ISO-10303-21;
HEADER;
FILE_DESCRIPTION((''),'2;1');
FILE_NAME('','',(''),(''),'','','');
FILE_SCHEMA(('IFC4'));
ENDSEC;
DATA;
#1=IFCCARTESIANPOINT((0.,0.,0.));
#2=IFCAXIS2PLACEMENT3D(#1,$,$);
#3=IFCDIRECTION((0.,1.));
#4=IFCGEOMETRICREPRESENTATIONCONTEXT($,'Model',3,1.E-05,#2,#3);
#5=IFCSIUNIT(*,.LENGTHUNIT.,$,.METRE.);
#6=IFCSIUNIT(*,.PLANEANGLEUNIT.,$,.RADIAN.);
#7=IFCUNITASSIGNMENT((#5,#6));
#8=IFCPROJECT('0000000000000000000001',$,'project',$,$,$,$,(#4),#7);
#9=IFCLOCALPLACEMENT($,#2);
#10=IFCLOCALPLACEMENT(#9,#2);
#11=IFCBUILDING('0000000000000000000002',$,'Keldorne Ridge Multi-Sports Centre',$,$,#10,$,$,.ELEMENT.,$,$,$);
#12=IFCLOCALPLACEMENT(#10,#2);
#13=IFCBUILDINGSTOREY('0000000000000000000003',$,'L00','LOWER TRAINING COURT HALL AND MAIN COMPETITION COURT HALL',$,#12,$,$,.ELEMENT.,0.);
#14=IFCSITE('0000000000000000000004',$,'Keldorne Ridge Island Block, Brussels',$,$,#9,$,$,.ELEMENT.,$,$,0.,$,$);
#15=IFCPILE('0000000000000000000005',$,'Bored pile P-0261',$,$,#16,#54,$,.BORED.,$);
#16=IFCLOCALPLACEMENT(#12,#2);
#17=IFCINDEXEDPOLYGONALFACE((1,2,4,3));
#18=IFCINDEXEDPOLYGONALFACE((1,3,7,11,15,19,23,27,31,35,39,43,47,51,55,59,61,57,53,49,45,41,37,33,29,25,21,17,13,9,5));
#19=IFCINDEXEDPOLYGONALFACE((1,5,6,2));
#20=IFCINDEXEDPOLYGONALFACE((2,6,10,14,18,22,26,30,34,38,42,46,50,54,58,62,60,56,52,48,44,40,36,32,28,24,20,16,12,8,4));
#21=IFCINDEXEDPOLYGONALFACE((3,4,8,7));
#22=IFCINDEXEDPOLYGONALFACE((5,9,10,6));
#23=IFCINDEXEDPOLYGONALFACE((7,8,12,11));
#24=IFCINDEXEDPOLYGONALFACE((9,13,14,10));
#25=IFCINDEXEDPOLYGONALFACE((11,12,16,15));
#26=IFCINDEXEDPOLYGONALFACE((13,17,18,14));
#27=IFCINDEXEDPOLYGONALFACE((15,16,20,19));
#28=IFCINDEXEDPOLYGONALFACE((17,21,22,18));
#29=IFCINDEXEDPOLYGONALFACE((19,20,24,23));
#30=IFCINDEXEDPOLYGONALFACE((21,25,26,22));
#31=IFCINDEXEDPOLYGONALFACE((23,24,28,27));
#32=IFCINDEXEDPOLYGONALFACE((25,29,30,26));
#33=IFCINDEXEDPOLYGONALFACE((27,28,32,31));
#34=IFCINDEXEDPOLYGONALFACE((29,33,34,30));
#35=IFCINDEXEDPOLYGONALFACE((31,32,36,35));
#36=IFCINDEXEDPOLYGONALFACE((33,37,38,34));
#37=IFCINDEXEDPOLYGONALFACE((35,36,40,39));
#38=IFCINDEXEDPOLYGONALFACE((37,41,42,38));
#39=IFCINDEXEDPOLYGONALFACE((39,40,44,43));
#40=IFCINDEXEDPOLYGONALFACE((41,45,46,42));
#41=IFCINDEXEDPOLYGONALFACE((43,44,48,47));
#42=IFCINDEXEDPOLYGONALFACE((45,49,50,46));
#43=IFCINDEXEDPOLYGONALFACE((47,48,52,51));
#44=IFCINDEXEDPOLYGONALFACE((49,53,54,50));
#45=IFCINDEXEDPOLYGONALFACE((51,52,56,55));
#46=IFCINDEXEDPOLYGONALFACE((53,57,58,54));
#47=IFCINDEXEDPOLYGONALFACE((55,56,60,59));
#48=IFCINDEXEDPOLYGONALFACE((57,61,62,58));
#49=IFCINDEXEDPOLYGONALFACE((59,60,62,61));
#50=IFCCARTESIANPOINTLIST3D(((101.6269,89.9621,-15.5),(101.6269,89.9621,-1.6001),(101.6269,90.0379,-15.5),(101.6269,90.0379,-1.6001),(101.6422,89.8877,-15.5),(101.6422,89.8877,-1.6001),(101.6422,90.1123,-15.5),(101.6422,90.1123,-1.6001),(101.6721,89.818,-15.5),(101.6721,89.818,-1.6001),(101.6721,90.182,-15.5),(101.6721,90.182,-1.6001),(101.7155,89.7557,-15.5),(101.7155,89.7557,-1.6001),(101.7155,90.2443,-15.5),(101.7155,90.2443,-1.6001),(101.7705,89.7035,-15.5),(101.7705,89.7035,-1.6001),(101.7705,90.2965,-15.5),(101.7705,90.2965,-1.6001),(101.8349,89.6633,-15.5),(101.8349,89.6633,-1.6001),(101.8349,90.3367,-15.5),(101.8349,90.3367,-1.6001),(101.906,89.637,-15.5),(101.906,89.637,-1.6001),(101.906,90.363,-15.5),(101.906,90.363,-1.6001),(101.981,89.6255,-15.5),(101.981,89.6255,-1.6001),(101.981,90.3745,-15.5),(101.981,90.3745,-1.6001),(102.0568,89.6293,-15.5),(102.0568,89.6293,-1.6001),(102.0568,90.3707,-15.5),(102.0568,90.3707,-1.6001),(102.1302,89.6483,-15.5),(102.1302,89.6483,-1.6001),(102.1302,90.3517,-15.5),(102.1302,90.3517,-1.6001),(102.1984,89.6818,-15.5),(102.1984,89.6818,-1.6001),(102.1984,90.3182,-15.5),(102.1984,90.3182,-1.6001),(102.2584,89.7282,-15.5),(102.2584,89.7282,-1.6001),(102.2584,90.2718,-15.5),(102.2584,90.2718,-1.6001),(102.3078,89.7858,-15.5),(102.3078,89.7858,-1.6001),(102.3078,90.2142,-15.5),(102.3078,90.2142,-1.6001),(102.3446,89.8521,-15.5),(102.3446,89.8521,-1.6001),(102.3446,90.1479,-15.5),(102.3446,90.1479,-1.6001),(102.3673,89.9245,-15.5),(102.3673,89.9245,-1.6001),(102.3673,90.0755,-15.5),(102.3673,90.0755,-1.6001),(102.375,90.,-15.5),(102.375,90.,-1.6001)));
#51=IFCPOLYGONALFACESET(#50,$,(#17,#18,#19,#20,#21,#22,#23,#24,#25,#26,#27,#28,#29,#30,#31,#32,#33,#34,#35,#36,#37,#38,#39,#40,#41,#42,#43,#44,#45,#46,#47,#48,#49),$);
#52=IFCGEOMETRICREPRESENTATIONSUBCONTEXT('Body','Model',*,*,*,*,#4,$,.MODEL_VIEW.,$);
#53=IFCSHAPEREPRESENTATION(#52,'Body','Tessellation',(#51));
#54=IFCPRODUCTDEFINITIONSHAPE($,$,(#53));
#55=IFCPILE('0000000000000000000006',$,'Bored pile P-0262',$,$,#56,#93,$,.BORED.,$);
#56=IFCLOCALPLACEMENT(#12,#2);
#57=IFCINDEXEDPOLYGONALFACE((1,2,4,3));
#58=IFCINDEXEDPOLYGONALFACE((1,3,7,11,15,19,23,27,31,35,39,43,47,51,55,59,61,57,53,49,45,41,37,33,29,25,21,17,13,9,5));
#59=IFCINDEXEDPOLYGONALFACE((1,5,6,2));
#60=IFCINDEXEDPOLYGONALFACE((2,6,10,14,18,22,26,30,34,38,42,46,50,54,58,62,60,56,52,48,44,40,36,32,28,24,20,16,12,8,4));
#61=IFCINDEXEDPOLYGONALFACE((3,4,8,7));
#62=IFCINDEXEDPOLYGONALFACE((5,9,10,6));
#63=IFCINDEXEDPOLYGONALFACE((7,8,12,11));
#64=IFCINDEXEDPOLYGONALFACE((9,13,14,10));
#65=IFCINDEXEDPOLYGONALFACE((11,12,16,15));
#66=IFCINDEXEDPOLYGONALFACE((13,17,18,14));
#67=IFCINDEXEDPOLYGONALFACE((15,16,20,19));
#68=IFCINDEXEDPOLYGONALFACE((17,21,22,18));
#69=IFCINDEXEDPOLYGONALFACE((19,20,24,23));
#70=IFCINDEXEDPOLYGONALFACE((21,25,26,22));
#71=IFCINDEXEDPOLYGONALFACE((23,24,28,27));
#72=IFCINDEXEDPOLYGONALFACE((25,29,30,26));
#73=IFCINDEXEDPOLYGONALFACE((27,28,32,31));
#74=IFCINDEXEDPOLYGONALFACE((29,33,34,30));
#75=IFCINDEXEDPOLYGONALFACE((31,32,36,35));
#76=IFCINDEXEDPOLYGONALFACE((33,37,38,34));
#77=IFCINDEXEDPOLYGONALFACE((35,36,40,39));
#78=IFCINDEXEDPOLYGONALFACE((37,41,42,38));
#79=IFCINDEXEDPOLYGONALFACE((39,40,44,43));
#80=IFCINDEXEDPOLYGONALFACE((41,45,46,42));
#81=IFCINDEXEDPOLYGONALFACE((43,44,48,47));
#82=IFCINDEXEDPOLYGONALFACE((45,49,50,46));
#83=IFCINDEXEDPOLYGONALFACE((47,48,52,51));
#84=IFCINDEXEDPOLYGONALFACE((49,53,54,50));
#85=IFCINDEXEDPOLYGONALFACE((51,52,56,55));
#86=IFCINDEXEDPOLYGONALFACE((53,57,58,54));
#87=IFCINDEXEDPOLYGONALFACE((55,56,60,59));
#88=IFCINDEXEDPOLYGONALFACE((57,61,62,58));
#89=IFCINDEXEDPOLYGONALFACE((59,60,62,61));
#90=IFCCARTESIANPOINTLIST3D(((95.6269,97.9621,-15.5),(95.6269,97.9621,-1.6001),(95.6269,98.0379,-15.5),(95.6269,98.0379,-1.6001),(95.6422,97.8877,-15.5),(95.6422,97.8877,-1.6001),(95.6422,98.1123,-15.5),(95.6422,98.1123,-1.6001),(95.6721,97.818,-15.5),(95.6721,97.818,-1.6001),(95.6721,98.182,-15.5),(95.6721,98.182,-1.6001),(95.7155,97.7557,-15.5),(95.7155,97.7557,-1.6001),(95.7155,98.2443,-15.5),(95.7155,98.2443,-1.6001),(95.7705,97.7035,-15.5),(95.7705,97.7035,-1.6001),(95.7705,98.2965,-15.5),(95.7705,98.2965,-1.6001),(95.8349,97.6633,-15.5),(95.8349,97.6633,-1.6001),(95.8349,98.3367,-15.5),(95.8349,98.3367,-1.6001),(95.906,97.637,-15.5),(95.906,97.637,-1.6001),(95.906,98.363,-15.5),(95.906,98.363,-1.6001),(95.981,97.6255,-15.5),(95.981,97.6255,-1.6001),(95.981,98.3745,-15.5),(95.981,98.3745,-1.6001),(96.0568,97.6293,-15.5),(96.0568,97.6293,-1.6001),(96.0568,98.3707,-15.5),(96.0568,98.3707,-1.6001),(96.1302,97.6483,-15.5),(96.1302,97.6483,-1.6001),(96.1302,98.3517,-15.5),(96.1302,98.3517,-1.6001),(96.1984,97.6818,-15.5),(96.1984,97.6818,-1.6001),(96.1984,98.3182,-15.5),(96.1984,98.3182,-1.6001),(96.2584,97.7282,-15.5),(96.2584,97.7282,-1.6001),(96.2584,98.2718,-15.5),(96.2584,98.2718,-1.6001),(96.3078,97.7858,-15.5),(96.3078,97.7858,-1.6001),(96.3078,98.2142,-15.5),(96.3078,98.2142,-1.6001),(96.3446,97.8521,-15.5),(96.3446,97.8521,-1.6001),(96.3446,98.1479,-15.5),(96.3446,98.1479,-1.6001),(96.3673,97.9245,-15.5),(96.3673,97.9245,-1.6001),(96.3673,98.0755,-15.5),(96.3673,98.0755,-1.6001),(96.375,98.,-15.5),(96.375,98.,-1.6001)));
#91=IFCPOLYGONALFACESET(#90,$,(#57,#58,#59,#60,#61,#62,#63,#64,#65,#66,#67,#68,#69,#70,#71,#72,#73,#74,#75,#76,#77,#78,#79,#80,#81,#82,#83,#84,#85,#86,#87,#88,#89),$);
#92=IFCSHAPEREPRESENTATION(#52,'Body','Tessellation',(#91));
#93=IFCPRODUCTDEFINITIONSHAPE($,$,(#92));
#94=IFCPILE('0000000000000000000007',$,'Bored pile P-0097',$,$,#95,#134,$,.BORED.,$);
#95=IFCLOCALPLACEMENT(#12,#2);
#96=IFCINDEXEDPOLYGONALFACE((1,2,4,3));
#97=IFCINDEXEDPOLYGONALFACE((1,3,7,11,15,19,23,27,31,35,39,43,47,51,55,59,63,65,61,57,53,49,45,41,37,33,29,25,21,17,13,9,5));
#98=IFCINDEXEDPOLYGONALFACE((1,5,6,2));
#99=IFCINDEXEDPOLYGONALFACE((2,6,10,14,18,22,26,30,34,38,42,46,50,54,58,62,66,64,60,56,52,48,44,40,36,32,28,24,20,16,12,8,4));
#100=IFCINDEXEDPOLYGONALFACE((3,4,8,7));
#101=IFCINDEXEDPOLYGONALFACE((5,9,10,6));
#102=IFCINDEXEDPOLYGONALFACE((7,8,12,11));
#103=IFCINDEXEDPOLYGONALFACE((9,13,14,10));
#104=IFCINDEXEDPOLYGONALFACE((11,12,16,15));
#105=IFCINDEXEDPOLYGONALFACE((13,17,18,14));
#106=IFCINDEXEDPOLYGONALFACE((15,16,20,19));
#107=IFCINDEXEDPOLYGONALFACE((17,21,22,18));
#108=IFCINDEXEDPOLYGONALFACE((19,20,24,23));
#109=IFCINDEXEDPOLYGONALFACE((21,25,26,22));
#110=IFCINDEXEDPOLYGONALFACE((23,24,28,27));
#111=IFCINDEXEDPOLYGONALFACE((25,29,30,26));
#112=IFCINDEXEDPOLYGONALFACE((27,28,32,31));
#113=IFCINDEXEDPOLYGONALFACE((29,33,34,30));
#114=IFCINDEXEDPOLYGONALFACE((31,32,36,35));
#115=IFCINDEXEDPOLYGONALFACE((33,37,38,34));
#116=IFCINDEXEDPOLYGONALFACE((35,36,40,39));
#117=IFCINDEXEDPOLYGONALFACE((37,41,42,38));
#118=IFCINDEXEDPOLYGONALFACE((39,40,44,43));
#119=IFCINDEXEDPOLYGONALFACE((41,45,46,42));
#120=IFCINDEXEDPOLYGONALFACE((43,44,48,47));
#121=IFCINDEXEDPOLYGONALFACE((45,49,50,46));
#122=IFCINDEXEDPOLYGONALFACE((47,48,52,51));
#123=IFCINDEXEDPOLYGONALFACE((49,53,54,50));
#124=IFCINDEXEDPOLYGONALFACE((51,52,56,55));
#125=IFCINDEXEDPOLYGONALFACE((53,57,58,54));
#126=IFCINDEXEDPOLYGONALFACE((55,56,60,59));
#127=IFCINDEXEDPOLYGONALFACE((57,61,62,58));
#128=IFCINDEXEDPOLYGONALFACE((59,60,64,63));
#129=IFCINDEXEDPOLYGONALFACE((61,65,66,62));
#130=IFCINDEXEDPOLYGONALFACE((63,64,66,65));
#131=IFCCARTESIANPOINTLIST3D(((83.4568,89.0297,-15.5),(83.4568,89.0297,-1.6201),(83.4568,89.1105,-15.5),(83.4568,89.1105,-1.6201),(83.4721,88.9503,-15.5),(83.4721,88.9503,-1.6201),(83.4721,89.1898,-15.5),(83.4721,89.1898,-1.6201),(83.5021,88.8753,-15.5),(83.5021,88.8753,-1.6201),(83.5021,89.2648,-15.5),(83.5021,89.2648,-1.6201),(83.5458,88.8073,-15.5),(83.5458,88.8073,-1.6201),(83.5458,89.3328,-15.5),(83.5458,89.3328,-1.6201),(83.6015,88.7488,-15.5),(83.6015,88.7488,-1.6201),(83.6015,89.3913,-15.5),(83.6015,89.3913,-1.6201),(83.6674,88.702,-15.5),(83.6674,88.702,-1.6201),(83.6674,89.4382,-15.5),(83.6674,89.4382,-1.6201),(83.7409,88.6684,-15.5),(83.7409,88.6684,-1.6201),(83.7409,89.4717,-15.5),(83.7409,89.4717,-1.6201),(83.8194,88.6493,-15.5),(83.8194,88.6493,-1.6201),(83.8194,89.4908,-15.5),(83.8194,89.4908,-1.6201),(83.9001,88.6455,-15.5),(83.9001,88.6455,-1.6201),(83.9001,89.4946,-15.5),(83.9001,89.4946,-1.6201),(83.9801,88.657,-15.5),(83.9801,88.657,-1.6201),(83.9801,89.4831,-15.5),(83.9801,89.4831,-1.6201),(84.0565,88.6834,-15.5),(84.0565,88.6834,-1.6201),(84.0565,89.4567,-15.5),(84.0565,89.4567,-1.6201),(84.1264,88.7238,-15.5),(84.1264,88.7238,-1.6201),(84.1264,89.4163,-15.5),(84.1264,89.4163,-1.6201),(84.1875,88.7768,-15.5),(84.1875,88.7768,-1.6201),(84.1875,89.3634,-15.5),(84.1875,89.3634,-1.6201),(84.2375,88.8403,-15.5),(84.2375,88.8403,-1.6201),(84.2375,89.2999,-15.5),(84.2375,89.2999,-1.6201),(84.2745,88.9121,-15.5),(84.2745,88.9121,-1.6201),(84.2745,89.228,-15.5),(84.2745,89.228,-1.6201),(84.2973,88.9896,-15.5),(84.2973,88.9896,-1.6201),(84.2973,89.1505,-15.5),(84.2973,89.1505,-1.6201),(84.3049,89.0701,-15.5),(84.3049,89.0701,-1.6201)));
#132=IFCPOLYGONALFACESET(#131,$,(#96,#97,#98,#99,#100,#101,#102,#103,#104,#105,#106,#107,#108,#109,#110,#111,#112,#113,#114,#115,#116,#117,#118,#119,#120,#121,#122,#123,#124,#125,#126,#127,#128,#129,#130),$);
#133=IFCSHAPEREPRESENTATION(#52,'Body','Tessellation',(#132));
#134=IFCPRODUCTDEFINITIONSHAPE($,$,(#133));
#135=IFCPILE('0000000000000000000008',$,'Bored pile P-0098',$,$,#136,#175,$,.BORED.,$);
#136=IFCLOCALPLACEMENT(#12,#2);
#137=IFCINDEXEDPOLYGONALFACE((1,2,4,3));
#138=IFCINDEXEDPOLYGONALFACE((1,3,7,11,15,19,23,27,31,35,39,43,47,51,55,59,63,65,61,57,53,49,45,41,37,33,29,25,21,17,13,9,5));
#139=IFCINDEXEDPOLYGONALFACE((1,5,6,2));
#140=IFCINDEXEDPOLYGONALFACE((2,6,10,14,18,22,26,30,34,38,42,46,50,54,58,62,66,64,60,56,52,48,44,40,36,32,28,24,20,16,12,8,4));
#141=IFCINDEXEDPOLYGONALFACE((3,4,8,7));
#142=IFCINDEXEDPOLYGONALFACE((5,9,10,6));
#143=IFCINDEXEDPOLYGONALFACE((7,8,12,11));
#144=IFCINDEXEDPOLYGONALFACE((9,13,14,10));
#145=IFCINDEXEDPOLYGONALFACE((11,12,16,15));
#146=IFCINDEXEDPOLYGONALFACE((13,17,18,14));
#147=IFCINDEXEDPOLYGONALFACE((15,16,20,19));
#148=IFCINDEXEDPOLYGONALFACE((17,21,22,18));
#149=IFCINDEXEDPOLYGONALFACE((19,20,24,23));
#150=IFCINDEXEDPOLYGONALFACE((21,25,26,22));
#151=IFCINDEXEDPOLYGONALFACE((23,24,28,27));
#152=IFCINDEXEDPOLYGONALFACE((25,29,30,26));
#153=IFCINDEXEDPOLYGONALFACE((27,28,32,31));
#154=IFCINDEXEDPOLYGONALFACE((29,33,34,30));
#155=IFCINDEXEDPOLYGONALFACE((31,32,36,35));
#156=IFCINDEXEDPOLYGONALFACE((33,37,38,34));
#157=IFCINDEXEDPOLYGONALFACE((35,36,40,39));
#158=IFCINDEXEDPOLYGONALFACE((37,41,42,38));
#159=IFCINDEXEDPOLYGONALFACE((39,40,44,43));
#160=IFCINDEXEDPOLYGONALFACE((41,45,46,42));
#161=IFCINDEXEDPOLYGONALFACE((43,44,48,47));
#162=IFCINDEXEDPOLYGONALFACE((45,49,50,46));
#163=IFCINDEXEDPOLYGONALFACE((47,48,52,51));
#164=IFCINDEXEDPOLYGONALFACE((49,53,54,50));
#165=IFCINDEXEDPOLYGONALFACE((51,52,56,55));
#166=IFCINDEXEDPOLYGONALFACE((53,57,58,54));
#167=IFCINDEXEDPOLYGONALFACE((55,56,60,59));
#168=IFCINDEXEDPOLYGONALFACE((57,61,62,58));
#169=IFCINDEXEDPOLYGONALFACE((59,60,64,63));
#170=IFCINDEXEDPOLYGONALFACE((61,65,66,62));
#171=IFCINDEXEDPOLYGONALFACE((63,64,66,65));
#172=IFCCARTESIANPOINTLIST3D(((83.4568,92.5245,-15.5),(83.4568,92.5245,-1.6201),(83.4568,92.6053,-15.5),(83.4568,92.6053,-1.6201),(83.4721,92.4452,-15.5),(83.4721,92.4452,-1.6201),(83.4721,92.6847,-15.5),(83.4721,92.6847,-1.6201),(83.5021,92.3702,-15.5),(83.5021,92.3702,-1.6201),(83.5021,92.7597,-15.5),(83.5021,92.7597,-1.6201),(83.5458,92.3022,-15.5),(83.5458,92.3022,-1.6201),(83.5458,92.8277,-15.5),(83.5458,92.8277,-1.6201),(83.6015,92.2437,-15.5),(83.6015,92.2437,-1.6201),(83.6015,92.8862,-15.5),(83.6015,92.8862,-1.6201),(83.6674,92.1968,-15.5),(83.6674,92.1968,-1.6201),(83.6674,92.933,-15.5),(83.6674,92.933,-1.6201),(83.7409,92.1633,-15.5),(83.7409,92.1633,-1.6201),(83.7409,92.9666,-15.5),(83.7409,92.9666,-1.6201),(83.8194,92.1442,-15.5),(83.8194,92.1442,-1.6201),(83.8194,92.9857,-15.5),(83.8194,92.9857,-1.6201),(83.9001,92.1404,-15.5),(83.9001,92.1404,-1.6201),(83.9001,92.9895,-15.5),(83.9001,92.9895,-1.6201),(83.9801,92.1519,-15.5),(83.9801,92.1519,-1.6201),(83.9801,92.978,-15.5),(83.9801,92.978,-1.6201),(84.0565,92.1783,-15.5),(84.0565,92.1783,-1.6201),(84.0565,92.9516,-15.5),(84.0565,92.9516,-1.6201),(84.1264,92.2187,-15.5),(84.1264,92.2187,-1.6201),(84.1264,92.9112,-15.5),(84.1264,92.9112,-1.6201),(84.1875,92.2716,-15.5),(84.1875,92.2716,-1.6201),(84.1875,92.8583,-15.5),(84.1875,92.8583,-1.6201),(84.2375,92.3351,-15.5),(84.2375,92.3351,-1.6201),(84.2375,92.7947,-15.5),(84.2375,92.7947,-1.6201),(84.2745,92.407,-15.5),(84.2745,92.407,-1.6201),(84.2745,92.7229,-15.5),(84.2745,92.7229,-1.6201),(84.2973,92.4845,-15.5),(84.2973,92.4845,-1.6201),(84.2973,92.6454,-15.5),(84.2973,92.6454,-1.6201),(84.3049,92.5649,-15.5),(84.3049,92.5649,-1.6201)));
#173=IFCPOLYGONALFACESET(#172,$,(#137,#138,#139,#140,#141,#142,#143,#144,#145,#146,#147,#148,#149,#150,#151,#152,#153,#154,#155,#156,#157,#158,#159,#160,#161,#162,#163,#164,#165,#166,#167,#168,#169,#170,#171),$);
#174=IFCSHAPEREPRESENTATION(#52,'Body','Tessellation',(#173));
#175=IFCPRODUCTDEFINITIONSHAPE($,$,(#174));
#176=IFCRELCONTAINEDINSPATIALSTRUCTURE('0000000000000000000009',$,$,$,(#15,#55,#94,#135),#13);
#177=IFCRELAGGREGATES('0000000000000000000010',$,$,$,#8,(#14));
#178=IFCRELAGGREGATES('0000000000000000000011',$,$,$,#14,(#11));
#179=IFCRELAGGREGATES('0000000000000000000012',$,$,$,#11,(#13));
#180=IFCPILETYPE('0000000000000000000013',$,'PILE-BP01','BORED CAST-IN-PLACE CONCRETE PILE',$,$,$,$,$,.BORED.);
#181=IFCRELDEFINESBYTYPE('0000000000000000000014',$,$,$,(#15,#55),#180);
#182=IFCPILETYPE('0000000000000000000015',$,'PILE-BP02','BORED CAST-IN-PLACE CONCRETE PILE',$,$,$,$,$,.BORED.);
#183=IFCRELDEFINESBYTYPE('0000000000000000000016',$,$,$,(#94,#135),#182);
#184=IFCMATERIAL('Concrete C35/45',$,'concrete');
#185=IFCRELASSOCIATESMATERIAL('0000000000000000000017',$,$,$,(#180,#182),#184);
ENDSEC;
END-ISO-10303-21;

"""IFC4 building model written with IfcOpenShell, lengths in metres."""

from ifc_helpers import new_model, si_unit, direction, frame, origin, origin_2d, place, context, subcontext, project, spatial, circle, extrude, material, material_profile, profile_set, type_object, element, save


model = new_model("IFC4")

# Units and contexts
model_context = context("Model", 3, precision=1e-05, world=origin(), true_north=direction((0.0, 1.0)))
body_context = subcontext(model_context, "Body", "Model", "MODEL_VIEW")
ifc_project = project(units=[si_unit("LENGTHUNIT", "METRE"), si_unit("PLANEANGLEUNIT", "RADIAN")], contexts=[model_context])

# Site, building, storey
site_placement = place(None, origin())
site = spatial("IfcSite", under=ifc_project, at=site_placement, Name="Keldorne Ridge Island Block, Brussels", CompositionType="ELEMENT", RefElevation=0.0)
building_placement = place(site_placement, origin())
building = spatial("IfcBuilding", under=site, at=building_placement, Name="Keldorne Ridge Multi-Sports Centre", CompositionType="ELEMENT")
storey_placement = place(building_placement, origin())
storey = spatial("IfcBuildingStorey", under=building, at=storey_placement, Name="L00", Description="LOWER TRAINING COURT HALL AND MAIN COMPETITION COURT HALL", CompositionType="ELEMENT", Elevation=0.0)

# Shared definitions
ifc_material_1 = material(Name="Concrete C35/45", Category="concrete")

# Piles
ifc_material_profile_1 = material_profile(ifc_material_1, circle(Radius=0.375, at=origin_2d()), Name="BORED PILE D750")
ifc_profile_set_1 = profile_set([ifc_material_profile_1], Name="Concrete C35/45")
pile_type_1 = type_object("IfcPileType", Name="PILE-BP01", Description="BORED CAST-IN-PLACE CONCRETE PILE", PredefinedType="BORED", material=ifc_profile_set_1)
for number, where, z_axis, x_axis, name in (
    (1, (102.0, 90.0, -1.6001), (0.0, 0.0, -1.0), (1.0, 0.0, 0.0), "Bored pile P-0261"),
    (2, (96.0, 98.0, -1.6001), (0.0, 0.0, -1.0), (1.0, 0.0, 0.0), "Bored pile P-0262"),
):
    element("IfcPile", number, at=place(storey_placement, frame(where, z_axis=z_axis, x_axis=x_axis)), inside=storey, type_object=pile_type_1, Name=name, PredefinedType="BORED", context=body_context, shape_type="SweptSolid", body=[
        extrude(circle(Radius=0.375, at=origin_2d()), origin(), (0.0, 0.0, 1.0), 13.8999),
    ])
ifc_material_profile_2 = material_profile(ifc_material_1, circle(Radius=0.425, at=origin_2d()), Name="BORED PILE D850")
ifc_profile_set_2 = profile_set([ifc_material_profile_2], Name="Concrete C35/45")
pile_type_2 = type_object("IfcPileType", Name="PILE-BP02", Description="BORED CAST-IN-PLACE CONCRETE PILE", PredefinedType="BORED", material=ifc_profile_set_2)
for number, where, z_axis, x_axis, name in (
    (3, (83.8799, 89.0701, -1.6201), (0.0, 0.0, -1.0), (1.0, 0.0, 0.0), "Bored pile P-0097"),
    (4, (83.8799, 92.5649, -1.6201), (0.0, 0.0, -1.0), (1.0, 0.0, 0.0), "Bored pile P-0098"),
):
    element("IfcPile", number, at=place(storey_placement, frame(where, z_axis=z_axis, x_axis=x_axis)), inside=storey, type_object=pile_type_2, Name=name, PredefinedType="BORED", context=body_context, shape_type="SweptSolid", body=[
        extrude(circle(Radius=0.425, at=origin_2d()), origin(), (0.0, 0.0, 1.0), 13.8799),
    ])

save(model, "model.ifc")
